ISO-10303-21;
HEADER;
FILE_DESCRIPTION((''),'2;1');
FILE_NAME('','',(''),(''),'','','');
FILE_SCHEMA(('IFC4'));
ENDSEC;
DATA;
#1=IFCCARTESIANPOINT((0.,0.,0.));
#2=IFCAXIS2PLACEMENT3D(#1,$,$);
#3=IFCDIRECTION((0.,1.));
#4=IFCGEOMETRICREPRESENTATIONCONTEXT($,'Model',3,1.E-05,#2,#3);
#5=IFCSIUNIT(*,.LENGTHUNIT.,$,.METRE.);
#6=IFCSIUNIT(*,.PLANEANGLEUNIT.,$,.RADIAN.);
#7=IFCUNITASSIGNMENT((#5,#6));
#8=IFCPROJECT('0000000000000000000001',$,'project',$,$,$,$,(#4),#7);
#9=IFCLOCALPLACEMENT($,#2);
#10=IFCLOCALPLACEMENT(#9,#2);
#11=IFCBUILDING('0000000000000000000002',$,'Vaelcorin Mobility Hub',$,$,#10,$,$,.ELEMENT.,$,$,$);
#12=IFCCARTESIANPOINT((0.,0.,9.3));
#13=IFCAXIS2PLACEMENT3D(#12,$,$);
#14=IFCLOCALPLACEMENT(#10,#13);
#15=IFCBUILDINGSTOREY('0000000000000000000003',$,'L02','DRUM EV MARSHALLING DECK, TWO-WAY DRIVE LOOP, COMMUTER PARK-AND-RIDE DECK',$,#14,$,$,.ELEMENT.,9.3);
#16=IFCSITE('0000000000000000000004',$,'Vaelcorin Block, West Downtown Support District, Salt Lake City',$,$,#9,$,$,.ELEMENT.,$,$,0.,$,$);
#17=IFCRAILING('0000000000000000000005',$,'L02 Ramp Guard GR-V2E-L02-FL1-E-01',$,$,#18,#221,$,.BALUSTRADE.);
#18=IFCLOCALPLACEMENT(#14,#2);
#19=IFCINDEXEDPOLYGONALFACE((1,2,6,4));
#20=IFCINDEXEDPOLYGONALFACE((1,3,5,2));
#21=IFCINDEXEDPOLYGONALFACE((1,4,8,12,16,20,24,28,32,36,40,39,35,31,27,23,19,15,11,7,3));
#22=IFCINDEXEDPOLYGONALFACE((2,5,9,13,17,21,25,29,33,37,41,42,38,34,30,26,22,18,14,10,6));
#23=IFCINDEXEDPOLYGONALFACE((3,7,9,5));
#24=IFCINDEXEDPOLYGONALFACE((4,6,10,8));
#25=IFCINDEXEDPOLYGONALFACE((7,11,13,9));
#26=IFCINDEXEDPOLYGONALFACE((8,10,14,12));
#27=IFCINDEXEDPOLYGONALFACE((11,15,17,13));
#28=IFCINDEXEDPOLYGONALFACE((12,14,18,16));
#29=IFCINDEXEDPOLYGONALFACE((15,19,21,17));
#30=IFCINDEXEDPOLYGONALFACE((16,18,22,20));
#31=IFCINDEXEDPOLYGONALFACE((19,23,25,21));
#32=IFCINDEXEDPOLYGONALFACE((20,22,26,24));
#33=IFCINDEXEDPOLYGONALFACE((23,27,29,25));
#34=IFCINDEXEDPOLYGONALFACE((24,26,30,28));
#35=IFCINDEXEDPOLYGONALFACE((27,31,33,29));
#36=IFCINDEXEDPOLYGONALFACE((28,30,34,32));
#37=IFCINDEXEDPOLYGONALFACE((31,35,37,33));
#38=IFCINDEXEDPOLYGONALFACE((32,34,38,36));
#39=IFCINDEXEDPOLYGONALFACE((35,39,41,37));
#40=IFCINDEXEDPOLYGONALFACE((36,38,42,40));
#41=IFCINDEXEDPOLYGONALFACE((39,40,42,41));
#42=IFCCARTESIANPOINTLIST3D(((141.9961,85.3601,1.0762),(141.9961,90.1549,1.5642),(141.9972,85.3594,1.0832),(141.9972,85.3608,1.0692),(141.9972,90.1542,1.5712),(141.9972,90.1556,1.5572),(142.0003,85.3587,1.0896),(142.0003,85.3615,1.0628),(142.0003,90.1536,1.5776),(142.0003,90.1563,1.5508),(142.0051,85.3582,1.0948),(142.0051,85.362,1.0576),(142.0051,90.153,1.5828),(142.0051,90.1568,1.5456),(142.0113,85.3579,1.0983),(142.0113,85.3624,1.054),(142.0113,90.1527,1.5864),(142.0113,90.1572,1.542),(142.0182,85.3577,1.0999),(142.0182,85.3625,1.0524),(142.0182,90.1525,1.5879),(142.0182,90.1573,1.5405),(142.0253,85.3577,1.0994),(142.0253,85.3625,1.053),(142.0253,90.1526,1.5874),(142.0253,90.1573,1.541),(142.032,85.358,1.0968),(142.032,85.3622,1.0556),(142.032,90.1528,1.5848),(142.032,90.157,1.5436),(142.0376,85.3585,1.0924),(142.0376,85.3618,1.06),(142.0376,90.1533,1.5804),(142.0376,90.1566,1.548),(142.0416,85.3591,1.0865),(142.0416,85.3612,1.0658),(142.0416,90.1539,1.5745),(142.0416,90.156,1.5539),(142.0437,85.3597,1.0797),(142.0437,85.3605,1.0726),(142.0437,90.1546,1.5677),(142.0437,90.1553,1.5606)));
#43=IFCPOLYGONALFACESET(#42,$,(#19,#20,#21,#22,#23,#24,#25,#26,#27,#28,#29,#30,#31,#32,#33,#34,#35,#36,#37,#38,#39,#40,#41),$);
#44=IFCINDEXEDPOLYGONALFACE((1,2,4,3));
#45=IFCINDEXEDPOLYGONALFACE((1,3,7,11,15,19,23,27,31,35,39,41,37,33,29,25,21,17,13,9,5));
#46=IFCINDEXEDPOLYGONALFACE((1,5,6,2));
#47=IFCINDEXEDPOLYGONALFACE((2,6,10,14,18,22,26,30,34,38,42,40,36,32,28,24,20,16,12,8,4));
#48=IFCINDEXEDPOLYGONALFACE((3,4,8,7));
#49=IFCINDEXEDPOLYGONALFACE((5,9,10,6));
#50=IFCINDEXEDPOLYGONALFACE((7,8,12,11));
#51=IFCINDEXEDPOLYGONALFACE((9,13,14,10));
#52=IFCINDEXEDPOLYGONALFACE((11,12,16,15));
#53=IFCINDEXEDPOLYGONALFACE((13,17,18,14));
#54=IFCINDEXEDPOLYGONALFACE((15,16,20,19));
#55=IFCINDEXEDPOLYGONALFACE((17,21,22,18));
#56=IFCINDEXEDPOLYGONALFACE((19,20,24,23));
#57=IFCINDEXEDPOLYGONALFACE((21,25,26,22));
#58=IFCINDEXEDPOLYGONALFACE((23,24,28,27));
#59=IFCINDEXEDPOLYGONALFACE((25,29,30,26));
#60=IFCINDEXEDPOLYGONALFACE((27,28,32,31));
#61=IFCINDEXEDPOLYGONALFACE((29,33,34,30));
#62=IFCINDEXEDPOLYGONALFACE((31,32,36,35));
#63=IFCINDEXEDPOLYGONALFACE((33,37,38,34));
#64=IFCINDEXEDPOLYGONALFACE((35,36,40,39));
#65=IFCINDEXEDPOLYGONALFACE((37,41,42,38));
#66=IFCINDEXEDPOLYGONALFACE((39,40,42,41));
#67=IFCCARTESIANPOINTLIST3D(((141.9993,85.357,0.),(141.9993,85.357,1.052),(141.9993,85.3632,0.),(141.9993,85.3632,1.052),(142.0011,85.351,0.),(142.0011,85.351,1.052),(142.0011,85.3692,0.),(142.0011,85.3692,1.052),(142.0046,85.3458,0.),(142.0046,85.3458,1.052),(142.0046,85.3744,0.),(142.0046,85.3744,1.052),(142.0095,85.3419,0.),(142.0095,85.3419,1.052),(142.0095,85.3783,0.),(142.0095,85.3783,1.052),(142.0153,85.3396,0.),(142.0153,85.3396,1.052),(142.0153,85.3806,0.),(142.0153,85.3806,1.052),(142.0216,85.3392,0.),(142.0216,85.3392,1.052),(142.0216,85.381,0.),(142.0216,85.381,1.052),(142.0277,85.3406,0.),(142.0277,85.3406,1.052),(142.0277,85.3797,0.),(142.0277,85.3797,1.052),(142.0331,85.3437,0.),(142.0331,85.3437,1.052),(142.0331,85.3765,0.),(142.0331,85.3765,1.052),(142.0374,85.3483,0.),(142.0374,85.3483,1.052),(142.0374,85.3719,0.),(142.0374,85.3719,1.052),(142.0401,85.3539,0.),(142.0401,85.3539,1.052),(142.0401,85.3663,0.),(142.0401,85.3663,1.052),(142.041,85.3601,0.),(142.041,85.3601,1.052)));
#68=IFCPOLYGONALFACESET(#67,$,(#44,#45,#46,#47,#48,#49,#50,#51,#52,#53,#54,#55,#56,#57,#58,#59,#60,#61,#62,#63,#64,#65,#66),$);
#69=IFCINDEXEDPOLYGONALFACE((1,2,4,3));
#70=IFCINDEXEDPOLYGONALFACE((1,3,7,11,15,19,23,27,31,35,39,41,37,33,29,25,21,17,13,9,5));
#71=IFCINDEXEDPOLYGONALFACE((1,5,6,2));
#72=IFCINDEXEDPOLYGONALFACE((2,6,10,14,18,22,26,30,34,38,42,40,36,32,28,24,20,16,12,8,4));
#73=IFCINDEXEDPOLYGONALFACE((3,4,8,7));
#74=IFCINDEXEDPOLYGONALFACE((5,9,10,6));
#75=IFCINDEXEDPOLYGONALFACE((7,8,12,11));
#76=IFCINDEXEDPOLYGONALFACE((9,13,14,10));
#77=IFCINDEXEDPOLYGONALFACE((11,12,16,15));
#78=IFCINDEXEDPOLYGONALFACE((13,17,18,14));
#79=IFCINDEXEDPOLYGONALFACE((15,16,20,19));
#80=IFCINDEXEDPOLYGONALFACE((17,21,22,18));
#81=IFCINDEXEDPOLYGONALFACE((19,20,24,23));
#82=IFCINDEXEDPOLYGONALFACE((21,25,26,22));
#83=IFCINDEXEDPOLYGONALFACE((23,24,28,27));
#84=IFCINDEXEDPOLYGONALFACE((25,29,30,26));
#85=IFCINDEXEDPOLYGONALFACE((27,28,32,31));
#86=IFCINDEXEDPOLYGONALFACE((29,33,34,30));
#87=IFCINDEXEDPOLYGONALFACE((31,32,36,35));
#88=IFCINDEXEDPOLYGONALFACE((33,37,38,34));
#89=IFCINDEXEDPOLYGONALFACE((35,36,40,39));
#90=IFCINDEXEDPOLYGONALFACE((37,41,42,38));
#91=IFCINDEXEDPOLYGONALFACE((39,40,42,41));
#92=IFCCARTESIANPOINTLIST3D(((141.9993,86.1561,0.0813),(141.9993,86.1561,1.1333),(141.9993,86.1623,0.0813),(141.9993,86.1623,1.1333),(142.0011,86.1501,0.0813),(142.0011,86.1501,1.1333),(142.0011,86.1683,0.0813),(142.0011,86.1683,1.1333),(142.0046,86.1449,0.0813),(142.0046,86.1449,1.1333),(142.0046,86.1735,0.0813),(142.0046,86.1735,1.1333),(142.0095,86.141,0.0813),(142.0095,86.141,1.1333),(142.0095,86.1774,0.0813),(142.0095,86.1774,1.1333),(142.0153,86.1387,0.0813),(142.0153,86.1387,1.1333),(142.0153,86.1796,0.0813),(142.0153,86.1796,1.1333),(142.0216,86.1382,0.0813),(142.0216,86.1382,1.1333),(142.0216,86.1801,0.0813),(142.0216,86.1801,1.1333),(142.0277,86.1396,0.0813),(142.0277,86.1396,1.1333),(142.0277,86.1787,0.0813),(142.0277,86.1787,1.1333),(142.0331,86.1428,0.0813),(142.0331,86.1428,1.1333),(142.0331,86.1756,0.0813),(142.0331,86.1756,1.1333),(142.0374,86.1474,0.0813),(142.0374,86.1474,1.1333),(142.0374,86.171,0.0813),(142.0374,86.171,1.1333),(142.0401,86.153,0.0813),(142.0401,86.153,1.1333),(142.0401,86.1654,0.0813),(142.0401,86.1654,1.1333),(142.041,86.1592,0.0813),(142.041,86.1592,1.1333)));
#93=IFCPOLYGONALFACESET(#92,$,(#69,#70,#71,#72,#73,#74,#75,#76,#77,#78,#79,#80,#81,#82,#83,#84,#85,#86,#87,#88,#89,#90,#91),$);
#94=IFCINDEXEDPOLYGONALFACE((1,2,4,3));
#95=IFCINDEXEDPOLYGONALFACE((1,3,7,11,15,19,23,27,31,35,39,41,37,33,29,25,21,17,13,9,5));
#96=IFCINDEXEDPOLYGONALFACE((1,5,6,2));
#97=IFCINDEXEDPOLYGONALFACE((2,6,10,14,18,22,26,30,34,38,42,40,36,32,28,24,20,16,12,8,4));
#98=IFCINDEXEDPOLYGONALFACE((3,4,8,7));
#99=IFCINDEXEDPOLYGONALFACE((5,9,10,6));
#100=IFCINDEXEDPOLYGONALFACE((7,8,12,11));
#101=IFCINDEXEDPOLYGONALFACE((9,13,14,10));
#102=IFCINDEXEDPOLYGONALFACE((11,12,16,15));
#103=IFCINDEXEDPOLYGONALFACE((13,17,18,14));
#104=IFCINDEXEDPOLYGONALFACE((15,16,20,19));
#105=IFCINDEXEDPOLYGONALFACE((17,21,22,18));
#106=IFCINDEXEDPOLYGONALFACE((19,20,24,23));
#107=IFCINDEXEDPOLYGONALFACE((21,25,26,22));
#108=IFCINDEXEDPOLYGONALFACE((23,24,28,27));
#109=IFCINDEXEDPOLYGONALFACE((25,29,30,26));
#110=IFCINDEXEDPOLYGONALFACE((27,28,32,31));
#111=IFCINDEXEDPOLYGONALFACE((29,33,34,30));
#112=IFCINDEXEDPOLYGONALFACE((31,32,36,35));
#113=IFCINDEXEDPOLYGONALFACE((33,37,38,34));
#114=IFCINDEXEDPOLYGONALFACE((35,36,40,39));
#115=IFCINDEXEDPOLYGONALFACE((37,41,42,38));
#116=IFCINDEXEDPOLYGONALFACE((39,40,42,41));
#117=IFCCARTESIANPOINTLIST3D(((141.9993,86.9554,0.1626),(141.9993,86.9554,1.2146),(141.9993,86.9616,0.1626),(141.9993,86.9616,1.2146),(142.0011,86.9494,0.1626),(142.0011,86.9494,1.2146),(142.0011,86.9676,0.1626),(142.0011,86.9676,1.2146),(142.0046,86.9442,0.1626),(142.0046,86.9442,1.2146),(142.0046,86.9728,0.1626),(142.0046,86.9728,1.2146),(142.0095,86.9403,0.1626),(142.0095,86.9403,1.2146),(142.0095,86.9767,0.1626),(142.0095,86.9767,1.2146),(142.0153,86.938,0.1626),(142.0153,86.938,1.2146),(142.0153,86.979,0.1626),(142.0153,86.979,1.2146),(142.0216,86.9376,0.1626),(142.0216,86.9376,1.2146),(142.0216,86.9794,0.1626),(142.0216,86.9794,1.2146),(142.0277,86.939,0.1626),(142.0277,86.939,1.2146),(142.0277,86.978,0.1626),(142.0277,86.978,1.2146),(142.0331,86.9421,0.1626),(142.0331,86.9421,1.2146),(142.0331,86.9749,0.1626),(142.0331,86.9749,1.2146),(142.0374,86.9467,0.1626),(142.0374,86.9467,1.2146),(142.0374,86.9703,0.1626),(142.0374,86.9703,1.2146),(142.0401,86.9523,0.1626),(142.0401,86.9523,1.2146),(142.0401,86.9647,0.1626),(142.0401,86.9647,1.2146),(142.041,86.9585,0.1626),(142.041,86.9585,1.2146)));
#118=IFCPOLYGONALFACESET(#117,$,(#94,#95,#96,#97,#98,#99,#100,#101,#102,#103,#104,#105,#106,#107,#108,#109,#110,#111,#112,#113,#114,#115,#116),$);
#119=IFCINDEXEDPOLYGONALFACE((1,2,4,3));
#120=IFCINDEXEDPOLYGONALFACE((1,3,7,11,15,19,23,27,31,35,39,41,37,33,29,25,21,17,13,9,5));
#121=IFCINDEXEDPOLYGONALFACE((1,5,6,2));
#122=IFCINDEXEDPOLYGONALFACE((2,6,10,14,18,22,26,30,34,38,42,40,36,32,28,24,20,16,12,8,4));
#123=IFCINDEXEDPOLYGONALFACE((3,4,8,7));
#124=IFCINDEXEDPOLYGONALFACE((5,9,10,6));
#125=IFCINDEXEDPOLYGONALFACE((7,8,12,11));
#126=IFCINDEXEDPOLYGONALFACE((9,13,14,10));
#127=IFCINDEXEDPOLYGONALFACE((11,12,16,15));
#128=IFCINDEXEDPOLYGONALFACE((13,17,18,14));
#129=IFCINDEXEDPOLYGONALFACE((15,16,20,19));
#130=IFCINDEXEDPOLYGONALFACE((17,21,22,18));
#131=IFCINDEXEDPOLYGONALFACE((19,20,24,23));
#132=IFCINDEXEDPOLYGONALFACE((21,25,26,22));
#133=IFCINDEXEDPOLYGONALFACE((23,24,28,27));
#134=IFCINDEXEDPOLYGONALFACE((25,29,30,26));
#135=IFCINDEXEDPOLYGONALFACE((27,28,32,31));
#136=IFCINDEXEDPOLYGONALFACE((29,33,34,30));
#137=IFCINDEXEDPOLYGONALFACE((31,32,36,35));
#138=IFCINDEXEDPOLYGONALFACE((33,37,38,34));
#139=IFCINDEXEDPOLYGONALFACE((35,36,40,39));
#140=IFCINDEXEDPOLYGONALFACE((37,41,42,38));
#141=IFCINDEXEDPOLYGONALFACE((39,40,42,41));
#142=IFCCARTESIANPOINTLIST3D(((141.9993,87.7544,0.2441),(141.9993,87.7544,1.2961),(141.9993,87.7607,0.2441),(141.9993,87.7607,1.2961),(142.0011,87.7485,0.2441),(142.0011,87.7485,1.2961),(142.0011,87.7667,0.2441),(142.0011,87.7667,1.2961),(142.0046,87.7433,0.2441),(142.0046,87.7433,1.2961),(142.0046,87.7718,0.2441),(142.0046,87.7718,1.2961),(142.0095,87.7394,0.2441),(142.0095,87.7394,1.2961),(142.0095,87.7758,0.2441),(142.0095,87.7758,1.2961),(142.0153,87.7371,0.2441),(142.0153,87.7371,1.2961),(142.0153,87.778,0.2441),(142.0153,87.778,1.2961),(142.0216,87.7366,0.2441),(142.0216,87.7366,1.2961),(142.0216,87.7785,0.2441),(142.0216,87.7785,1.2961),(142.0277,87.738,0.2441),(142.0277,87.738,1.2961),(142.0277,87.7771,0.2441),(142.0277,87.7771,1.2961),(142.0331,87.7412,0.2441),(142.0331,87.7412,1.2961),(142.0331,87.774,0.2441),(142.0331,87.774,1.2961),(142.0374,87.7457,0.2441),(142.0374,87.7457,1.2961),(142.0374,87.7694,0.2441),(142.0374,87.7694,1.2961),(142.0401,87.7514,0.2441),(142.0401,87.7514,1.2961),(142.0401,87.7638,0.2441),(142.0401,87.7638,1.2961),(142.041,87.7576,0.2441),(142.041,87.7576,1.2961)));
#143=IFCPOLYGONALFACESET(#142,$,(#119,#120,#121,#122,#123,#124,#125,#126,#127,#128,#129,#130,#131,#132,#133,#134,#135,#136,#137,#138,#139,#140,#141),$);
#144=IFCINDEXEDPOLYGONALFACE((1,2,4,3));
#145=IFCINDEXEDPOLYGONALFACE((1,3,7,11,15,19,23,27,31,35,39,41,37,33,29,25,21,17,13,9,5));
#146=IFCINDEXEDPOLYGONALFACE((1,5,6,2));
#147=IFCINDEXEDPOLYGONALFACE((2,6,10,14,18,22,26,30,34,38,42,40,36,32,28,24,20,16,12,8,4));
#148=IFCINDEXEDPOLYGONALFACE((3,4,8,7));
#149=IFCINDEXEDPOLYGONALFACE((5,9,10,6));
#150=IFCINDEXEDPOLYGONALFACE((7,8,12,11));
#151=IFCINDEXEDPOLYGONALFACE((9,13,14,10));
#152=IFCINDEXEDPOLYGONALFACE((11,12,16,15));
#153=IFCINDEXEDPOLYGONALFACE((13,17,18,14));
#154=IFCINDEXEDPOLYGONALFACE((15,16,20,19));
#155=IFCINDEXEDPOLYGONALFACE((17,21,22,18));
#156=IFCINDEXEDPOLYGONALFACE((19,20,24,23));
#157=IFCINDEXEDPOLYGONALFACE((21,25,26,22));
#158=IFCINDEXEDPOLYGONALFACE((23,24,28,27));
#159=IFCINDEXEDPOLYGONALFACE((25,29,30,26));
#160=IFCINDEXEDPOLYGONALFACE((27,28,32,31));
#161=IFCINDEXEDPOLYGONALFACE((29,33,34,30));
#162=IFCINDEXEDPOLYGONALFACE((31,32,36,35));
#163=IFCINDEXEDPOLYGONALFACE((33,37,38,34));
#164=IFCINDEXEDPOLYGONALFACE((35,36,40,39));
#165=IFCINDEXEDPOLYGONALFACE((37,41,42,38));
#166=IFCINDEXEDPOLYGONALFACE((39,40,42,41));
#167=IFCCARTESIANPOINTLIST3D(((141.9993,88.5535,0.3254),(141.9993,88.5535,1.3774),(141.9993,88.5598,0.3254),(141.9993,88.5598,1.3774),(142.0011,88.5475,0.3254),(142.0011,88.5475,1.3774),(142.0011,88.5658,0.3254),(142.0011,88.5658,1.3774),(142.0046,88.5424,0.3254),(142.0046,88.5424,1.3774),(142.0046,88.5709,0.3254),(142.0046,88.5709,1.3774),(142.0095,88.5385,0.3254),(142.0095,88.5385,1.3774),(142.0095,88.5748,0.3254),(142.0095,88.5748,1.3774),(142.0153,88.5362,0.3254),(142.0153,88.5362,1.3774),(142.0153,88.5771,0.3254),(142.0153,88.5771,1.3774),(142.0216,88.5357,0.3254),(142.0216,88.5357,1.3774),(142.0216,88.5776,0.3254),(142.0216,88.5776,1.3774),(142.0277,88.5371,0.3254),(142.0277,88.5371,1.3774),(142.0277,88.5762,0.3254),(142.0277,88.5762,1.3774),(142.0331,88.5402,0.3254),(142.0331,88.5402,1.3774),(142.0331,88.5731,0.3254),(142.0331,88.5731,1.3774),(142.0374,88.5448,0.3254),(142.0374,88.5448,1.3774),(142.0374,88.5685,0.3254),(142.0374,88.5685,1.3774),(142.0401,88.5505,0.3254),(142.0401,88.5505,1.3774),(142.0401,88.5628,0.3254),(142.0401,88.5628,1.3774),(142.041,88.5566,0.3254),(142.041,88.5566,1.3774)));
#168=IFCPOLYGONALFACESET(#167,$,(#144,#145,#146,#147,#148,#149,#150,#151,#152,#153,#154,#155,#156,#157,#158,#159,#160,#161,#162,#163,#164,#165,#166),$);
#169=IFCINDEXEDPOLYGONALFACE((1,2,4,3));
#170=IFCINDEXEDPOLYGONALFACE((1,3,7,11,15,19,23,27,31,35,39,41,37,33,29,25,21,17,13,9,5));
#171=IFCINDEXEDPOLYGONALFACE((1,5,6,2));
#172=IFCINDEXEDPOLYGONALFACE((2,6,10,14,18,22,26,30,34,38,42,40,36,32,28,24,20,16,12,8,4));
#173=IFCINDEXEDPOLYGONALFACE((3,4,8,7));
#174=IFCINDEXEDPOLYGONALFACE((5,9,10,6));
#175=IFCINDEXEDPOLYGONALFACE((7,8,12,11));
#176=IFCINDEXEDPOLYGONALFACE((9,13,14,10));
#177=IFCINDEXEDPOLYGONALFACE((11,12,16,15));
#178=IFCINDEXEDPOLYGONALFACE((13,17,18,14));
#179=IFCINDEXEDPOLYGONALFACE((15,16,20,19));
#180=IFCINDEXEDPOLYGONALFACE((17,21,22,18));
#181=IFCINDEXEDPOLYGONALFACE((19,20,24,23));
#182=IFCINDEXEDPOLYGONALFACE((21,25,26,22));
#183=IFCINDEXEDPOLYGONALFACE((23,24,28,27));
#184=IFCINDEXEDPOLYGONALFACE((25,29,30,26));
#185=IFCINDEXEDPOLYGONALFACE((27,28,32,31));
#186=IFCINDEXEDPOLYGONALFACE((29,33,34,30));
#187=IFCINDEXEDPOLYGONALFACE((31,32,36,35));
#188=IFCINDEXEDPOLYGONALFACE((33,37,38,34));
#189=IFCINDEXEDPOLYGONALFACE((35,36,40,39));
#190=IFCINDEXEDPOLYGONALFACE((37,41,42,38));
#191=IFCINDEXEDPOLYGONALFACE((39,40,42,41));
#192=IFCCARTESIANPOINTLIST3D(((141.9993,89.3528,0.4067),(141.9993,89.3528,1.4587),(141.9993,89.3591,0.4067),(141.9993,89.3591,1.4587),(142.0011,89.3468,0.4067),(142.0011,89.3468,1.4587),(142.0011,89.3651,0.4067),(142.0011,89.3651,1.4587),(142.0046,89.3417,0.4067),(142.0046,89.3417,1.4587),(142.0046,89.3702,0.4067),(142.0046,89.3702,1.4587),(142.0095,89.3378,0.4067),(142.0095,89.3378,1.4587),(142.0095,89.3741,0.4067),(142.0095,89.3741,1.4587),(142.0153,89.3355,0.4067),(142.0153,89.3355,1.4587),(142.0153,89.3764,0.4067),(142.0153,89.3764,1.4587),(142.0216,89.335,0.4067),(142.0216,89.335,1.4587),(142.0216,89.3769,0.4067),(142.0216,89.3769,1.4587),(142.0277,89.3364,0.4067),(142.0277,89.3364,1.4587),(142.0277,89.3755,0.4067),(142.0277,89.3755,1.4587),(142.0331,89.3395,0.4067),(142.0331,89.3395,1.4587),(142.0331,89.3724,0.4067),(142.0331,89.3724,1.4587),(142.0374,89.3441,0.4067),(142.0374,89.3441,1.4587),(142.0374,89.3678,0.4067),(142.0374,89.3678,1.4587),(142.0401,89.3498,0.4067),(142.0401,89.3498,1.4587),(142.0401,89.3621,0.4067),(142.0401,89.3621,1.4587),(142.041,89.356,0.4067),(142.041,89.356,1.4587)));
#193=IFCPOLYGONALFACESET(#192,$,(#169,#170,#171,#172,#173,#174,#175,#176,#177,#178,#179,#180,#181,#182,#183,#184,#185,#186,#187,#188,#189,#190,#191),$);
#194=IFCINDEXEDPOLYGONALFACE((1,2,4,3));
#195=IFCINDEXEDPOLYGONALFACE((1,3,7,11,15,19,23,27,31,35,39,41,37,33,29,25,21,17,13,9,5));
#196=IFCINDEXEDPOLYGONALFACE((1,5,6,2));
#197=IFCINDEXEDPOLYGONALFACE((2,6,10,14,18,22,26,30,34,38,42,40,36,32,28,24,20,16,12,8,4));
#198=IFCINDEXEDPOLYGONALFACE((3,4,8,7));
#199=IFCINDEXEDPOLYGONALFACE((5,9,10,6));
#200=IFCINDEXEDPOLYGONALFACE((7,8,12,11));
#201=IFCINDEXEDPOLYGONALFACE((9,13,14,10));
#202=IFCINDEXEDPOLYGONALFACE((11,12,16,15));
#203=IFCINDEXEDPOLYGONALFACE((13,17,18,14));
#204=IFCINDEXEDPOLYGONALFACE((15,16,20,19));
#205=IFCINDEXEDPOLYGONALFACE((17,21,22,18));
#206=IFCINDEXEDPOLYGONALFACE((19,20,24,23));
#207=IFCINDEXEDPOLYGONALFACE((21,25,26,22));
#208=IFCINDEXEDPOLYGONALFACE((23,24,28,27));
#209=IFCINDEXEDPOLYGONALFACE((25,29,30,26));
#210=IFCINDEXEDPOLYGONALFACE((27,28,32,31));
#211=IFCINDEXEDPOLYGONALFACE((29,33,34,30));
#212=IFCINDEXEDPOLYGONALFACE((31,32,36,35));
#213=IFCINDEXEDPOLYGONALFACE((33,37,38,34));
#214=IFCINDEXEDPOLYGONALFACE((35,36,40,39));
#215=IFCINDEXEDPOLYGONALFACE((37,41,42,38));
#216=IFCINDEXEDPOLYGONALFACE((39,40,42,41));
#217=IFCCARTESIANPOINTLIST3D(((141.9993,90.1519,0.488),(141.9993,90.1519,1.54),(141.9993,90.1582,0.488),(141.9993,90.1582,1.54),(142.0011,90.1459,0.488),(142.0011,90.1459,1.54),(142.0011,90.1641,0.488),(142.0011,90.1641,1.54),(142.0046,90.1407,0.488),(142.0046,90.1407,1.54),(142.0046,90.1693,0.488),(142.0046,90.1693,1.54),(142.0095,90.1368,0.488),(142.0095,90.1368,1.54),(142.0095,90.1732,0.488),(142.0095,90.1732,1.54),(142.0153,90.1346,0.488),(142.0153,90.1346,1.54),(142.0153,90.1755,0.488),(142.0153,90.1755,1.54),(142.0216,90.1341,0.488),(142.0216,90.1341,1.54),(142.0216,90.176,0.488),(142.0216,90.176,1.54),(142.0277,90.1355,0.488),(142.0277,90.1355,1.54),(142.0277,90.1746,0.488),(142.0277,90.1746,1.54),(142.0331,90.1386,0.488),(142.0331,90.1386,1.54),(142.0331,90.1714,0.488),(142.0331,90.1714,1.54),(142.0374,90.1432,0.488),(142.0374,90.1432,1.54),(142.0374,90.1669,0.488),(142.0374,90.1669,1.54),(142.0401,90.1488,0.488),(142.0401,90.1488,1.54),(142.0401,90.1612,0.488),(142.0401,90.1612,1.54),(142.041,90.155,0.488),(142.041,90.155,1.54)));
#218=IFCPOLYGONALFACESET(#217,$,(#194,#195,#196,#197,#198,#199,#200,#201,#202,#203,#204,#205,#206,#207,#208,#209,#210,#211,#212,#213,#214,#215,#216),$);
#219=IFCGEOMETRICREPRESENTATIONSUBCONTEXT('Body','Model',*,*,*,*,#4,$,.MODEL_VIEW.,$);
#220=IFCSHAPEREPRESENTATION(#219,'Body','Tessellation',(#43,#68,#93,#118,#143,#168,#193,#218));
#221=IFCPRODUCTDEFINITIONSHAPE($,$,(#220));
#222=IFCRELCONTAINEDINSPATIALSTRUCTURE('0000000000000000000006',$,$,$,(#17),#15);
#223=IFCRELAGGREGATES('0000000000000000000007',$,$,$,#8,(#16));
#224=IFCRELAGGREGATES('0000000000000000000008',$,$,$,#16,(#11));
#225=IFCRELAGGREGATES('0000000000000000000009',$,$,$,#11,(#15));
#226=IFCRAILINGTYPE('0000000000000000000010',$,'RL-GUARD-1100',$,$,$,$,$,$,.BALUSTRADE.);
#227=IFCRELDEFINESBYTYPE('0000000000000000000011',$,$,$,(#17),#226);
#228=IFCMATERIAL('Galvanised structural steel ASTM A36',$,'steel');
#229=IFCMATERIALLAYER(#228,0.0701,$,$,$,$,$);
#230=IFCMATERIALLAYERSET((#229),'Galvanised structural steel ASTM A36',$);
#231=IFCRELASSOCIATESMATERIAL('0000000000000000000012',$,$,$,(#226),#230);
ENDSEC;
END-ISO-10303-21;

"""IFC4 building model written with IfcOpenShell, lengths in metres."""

from ifc_helpers import new_model, si_unit, direction, frame, origin, origin_2d, place, context, subcontext, project, spatial, circle, extrude, material, layer, layer_set, type_object, element, save


model = new_model("IFC4")

# Units and contexts
model_context = context("Model", 3, precision=1e-05, world=origin(), true_north=direction((0.0, 1.0)))
body_context = subcontext(model_context, "Body", "Model", "MODEL_VIEW")
ifc_project = project(units=[si_unit("LENGTHUNIT", "METRE"), si_unit("PLANEANGLEUNIT", "RADIAN")], contexts=[model_context])

# Site, building, storey
site_placement = place(None, origin())
site = spatial("IfcSite", under=ifc_project, at=site_placement, Name="Vaelcorin Block, West Downtown Support District, Salt Lake City", CompositionType="ELEMENT", RefElevation=0.0)
building_placement = place(site_placement, origin())
building = spatial("IfcBuilding", under=site, at=building_placement, Name="Vaelcorin Mobility Hub", CompositionType="ELEMENT")
storey_placement = place(building_placement, frame((0.0, 0.0, 9.3)))
storey = spatial("IfcBuildingStorey", under=building, at=storey_placement, Name="L02", Description="DRUM EV MARSHALLING DECK, TWO-WAY DRIVE LOOP, COMMUTER PARK-AND-RIDE DECK", CompositionType="ELEMENT", Elevation=9.3)

# Railing
ifc_material_1 = material(Name="Galvanised structural steel ASTM A36", Category="steel")
ifc_layer_1 = layer(ifc_material_1, 0.0701)
ifc_layer_set_1 = layer_set([ifc_layer_1], Name="Galvanised structural steel ASTM A36")
railing_type_1 = type_object("IfcRailingType", Name="RL-GUARD-1100", PredefinedType="BALUSTRADE", material=ifc_layer_set_1)
railing_1_placement = place(storey_placement, frame((142.02, 85.3601, 0.0)))
element("IfcRailing", 1, at=railing_1_placement, inside=storey, type_object=railing_type_1, Name="L02 Ramp Guard GR-V2E-L02-FL1-E-01", PredefinedType="BALUSTRADE", context=body_context, shape_type="SweptSolid", body=[
    extrude(circle(Radius=0.0239, at=origin_2d()), frame((0.0, 0.0, 1.0762), z_axis=(0.0, 0.99486, 0.101259), x_axis=(-1.0, 0.0, 0.0)), (0.0, 0.0, 1.0), 4.8196),
    extrude(circle(Radius=0.021, at=origin_2d()), origin(), (0.0, 0.0, 1.0), 1.052),
    extrude(circle(Radius=0.021, at=origin_2d()), frame((0.0, 0.7991, 0.0813)), (0.0, 0.0, 1.0), 1.052),
    extrude(circle(Radius=0.021, at=origin_2d()), frame((0.0, 1.5984, 0.1626)), (0.0, 0.0, 1.0), 1.052),
    extrude(circle(Radius=0.021, at=origin_2d()), frame((0.0, 2.3975, 0.2441)), (0.0, 0.0, 1.0), 1.052),
    extrude(circle(Radius=0.021, at=origin_2d()), frame((0.0, 3.1965, 0.3254)), (0.0, 0.0, 1.0), 1.052),
    extrude(circle(Radius=0.021, at=origin_2d()), frame((0.0, 3.9958, 0.4067)), (0.0, 0.0, 1.0), 1.052),
    extrude(circle(Radius=0.021, at=origin_2d()), frame((0.0, 4.7949, 0.488)), (0.0, 0.0, 1.0), 1.052),
])

save(model, "model.ifc")
